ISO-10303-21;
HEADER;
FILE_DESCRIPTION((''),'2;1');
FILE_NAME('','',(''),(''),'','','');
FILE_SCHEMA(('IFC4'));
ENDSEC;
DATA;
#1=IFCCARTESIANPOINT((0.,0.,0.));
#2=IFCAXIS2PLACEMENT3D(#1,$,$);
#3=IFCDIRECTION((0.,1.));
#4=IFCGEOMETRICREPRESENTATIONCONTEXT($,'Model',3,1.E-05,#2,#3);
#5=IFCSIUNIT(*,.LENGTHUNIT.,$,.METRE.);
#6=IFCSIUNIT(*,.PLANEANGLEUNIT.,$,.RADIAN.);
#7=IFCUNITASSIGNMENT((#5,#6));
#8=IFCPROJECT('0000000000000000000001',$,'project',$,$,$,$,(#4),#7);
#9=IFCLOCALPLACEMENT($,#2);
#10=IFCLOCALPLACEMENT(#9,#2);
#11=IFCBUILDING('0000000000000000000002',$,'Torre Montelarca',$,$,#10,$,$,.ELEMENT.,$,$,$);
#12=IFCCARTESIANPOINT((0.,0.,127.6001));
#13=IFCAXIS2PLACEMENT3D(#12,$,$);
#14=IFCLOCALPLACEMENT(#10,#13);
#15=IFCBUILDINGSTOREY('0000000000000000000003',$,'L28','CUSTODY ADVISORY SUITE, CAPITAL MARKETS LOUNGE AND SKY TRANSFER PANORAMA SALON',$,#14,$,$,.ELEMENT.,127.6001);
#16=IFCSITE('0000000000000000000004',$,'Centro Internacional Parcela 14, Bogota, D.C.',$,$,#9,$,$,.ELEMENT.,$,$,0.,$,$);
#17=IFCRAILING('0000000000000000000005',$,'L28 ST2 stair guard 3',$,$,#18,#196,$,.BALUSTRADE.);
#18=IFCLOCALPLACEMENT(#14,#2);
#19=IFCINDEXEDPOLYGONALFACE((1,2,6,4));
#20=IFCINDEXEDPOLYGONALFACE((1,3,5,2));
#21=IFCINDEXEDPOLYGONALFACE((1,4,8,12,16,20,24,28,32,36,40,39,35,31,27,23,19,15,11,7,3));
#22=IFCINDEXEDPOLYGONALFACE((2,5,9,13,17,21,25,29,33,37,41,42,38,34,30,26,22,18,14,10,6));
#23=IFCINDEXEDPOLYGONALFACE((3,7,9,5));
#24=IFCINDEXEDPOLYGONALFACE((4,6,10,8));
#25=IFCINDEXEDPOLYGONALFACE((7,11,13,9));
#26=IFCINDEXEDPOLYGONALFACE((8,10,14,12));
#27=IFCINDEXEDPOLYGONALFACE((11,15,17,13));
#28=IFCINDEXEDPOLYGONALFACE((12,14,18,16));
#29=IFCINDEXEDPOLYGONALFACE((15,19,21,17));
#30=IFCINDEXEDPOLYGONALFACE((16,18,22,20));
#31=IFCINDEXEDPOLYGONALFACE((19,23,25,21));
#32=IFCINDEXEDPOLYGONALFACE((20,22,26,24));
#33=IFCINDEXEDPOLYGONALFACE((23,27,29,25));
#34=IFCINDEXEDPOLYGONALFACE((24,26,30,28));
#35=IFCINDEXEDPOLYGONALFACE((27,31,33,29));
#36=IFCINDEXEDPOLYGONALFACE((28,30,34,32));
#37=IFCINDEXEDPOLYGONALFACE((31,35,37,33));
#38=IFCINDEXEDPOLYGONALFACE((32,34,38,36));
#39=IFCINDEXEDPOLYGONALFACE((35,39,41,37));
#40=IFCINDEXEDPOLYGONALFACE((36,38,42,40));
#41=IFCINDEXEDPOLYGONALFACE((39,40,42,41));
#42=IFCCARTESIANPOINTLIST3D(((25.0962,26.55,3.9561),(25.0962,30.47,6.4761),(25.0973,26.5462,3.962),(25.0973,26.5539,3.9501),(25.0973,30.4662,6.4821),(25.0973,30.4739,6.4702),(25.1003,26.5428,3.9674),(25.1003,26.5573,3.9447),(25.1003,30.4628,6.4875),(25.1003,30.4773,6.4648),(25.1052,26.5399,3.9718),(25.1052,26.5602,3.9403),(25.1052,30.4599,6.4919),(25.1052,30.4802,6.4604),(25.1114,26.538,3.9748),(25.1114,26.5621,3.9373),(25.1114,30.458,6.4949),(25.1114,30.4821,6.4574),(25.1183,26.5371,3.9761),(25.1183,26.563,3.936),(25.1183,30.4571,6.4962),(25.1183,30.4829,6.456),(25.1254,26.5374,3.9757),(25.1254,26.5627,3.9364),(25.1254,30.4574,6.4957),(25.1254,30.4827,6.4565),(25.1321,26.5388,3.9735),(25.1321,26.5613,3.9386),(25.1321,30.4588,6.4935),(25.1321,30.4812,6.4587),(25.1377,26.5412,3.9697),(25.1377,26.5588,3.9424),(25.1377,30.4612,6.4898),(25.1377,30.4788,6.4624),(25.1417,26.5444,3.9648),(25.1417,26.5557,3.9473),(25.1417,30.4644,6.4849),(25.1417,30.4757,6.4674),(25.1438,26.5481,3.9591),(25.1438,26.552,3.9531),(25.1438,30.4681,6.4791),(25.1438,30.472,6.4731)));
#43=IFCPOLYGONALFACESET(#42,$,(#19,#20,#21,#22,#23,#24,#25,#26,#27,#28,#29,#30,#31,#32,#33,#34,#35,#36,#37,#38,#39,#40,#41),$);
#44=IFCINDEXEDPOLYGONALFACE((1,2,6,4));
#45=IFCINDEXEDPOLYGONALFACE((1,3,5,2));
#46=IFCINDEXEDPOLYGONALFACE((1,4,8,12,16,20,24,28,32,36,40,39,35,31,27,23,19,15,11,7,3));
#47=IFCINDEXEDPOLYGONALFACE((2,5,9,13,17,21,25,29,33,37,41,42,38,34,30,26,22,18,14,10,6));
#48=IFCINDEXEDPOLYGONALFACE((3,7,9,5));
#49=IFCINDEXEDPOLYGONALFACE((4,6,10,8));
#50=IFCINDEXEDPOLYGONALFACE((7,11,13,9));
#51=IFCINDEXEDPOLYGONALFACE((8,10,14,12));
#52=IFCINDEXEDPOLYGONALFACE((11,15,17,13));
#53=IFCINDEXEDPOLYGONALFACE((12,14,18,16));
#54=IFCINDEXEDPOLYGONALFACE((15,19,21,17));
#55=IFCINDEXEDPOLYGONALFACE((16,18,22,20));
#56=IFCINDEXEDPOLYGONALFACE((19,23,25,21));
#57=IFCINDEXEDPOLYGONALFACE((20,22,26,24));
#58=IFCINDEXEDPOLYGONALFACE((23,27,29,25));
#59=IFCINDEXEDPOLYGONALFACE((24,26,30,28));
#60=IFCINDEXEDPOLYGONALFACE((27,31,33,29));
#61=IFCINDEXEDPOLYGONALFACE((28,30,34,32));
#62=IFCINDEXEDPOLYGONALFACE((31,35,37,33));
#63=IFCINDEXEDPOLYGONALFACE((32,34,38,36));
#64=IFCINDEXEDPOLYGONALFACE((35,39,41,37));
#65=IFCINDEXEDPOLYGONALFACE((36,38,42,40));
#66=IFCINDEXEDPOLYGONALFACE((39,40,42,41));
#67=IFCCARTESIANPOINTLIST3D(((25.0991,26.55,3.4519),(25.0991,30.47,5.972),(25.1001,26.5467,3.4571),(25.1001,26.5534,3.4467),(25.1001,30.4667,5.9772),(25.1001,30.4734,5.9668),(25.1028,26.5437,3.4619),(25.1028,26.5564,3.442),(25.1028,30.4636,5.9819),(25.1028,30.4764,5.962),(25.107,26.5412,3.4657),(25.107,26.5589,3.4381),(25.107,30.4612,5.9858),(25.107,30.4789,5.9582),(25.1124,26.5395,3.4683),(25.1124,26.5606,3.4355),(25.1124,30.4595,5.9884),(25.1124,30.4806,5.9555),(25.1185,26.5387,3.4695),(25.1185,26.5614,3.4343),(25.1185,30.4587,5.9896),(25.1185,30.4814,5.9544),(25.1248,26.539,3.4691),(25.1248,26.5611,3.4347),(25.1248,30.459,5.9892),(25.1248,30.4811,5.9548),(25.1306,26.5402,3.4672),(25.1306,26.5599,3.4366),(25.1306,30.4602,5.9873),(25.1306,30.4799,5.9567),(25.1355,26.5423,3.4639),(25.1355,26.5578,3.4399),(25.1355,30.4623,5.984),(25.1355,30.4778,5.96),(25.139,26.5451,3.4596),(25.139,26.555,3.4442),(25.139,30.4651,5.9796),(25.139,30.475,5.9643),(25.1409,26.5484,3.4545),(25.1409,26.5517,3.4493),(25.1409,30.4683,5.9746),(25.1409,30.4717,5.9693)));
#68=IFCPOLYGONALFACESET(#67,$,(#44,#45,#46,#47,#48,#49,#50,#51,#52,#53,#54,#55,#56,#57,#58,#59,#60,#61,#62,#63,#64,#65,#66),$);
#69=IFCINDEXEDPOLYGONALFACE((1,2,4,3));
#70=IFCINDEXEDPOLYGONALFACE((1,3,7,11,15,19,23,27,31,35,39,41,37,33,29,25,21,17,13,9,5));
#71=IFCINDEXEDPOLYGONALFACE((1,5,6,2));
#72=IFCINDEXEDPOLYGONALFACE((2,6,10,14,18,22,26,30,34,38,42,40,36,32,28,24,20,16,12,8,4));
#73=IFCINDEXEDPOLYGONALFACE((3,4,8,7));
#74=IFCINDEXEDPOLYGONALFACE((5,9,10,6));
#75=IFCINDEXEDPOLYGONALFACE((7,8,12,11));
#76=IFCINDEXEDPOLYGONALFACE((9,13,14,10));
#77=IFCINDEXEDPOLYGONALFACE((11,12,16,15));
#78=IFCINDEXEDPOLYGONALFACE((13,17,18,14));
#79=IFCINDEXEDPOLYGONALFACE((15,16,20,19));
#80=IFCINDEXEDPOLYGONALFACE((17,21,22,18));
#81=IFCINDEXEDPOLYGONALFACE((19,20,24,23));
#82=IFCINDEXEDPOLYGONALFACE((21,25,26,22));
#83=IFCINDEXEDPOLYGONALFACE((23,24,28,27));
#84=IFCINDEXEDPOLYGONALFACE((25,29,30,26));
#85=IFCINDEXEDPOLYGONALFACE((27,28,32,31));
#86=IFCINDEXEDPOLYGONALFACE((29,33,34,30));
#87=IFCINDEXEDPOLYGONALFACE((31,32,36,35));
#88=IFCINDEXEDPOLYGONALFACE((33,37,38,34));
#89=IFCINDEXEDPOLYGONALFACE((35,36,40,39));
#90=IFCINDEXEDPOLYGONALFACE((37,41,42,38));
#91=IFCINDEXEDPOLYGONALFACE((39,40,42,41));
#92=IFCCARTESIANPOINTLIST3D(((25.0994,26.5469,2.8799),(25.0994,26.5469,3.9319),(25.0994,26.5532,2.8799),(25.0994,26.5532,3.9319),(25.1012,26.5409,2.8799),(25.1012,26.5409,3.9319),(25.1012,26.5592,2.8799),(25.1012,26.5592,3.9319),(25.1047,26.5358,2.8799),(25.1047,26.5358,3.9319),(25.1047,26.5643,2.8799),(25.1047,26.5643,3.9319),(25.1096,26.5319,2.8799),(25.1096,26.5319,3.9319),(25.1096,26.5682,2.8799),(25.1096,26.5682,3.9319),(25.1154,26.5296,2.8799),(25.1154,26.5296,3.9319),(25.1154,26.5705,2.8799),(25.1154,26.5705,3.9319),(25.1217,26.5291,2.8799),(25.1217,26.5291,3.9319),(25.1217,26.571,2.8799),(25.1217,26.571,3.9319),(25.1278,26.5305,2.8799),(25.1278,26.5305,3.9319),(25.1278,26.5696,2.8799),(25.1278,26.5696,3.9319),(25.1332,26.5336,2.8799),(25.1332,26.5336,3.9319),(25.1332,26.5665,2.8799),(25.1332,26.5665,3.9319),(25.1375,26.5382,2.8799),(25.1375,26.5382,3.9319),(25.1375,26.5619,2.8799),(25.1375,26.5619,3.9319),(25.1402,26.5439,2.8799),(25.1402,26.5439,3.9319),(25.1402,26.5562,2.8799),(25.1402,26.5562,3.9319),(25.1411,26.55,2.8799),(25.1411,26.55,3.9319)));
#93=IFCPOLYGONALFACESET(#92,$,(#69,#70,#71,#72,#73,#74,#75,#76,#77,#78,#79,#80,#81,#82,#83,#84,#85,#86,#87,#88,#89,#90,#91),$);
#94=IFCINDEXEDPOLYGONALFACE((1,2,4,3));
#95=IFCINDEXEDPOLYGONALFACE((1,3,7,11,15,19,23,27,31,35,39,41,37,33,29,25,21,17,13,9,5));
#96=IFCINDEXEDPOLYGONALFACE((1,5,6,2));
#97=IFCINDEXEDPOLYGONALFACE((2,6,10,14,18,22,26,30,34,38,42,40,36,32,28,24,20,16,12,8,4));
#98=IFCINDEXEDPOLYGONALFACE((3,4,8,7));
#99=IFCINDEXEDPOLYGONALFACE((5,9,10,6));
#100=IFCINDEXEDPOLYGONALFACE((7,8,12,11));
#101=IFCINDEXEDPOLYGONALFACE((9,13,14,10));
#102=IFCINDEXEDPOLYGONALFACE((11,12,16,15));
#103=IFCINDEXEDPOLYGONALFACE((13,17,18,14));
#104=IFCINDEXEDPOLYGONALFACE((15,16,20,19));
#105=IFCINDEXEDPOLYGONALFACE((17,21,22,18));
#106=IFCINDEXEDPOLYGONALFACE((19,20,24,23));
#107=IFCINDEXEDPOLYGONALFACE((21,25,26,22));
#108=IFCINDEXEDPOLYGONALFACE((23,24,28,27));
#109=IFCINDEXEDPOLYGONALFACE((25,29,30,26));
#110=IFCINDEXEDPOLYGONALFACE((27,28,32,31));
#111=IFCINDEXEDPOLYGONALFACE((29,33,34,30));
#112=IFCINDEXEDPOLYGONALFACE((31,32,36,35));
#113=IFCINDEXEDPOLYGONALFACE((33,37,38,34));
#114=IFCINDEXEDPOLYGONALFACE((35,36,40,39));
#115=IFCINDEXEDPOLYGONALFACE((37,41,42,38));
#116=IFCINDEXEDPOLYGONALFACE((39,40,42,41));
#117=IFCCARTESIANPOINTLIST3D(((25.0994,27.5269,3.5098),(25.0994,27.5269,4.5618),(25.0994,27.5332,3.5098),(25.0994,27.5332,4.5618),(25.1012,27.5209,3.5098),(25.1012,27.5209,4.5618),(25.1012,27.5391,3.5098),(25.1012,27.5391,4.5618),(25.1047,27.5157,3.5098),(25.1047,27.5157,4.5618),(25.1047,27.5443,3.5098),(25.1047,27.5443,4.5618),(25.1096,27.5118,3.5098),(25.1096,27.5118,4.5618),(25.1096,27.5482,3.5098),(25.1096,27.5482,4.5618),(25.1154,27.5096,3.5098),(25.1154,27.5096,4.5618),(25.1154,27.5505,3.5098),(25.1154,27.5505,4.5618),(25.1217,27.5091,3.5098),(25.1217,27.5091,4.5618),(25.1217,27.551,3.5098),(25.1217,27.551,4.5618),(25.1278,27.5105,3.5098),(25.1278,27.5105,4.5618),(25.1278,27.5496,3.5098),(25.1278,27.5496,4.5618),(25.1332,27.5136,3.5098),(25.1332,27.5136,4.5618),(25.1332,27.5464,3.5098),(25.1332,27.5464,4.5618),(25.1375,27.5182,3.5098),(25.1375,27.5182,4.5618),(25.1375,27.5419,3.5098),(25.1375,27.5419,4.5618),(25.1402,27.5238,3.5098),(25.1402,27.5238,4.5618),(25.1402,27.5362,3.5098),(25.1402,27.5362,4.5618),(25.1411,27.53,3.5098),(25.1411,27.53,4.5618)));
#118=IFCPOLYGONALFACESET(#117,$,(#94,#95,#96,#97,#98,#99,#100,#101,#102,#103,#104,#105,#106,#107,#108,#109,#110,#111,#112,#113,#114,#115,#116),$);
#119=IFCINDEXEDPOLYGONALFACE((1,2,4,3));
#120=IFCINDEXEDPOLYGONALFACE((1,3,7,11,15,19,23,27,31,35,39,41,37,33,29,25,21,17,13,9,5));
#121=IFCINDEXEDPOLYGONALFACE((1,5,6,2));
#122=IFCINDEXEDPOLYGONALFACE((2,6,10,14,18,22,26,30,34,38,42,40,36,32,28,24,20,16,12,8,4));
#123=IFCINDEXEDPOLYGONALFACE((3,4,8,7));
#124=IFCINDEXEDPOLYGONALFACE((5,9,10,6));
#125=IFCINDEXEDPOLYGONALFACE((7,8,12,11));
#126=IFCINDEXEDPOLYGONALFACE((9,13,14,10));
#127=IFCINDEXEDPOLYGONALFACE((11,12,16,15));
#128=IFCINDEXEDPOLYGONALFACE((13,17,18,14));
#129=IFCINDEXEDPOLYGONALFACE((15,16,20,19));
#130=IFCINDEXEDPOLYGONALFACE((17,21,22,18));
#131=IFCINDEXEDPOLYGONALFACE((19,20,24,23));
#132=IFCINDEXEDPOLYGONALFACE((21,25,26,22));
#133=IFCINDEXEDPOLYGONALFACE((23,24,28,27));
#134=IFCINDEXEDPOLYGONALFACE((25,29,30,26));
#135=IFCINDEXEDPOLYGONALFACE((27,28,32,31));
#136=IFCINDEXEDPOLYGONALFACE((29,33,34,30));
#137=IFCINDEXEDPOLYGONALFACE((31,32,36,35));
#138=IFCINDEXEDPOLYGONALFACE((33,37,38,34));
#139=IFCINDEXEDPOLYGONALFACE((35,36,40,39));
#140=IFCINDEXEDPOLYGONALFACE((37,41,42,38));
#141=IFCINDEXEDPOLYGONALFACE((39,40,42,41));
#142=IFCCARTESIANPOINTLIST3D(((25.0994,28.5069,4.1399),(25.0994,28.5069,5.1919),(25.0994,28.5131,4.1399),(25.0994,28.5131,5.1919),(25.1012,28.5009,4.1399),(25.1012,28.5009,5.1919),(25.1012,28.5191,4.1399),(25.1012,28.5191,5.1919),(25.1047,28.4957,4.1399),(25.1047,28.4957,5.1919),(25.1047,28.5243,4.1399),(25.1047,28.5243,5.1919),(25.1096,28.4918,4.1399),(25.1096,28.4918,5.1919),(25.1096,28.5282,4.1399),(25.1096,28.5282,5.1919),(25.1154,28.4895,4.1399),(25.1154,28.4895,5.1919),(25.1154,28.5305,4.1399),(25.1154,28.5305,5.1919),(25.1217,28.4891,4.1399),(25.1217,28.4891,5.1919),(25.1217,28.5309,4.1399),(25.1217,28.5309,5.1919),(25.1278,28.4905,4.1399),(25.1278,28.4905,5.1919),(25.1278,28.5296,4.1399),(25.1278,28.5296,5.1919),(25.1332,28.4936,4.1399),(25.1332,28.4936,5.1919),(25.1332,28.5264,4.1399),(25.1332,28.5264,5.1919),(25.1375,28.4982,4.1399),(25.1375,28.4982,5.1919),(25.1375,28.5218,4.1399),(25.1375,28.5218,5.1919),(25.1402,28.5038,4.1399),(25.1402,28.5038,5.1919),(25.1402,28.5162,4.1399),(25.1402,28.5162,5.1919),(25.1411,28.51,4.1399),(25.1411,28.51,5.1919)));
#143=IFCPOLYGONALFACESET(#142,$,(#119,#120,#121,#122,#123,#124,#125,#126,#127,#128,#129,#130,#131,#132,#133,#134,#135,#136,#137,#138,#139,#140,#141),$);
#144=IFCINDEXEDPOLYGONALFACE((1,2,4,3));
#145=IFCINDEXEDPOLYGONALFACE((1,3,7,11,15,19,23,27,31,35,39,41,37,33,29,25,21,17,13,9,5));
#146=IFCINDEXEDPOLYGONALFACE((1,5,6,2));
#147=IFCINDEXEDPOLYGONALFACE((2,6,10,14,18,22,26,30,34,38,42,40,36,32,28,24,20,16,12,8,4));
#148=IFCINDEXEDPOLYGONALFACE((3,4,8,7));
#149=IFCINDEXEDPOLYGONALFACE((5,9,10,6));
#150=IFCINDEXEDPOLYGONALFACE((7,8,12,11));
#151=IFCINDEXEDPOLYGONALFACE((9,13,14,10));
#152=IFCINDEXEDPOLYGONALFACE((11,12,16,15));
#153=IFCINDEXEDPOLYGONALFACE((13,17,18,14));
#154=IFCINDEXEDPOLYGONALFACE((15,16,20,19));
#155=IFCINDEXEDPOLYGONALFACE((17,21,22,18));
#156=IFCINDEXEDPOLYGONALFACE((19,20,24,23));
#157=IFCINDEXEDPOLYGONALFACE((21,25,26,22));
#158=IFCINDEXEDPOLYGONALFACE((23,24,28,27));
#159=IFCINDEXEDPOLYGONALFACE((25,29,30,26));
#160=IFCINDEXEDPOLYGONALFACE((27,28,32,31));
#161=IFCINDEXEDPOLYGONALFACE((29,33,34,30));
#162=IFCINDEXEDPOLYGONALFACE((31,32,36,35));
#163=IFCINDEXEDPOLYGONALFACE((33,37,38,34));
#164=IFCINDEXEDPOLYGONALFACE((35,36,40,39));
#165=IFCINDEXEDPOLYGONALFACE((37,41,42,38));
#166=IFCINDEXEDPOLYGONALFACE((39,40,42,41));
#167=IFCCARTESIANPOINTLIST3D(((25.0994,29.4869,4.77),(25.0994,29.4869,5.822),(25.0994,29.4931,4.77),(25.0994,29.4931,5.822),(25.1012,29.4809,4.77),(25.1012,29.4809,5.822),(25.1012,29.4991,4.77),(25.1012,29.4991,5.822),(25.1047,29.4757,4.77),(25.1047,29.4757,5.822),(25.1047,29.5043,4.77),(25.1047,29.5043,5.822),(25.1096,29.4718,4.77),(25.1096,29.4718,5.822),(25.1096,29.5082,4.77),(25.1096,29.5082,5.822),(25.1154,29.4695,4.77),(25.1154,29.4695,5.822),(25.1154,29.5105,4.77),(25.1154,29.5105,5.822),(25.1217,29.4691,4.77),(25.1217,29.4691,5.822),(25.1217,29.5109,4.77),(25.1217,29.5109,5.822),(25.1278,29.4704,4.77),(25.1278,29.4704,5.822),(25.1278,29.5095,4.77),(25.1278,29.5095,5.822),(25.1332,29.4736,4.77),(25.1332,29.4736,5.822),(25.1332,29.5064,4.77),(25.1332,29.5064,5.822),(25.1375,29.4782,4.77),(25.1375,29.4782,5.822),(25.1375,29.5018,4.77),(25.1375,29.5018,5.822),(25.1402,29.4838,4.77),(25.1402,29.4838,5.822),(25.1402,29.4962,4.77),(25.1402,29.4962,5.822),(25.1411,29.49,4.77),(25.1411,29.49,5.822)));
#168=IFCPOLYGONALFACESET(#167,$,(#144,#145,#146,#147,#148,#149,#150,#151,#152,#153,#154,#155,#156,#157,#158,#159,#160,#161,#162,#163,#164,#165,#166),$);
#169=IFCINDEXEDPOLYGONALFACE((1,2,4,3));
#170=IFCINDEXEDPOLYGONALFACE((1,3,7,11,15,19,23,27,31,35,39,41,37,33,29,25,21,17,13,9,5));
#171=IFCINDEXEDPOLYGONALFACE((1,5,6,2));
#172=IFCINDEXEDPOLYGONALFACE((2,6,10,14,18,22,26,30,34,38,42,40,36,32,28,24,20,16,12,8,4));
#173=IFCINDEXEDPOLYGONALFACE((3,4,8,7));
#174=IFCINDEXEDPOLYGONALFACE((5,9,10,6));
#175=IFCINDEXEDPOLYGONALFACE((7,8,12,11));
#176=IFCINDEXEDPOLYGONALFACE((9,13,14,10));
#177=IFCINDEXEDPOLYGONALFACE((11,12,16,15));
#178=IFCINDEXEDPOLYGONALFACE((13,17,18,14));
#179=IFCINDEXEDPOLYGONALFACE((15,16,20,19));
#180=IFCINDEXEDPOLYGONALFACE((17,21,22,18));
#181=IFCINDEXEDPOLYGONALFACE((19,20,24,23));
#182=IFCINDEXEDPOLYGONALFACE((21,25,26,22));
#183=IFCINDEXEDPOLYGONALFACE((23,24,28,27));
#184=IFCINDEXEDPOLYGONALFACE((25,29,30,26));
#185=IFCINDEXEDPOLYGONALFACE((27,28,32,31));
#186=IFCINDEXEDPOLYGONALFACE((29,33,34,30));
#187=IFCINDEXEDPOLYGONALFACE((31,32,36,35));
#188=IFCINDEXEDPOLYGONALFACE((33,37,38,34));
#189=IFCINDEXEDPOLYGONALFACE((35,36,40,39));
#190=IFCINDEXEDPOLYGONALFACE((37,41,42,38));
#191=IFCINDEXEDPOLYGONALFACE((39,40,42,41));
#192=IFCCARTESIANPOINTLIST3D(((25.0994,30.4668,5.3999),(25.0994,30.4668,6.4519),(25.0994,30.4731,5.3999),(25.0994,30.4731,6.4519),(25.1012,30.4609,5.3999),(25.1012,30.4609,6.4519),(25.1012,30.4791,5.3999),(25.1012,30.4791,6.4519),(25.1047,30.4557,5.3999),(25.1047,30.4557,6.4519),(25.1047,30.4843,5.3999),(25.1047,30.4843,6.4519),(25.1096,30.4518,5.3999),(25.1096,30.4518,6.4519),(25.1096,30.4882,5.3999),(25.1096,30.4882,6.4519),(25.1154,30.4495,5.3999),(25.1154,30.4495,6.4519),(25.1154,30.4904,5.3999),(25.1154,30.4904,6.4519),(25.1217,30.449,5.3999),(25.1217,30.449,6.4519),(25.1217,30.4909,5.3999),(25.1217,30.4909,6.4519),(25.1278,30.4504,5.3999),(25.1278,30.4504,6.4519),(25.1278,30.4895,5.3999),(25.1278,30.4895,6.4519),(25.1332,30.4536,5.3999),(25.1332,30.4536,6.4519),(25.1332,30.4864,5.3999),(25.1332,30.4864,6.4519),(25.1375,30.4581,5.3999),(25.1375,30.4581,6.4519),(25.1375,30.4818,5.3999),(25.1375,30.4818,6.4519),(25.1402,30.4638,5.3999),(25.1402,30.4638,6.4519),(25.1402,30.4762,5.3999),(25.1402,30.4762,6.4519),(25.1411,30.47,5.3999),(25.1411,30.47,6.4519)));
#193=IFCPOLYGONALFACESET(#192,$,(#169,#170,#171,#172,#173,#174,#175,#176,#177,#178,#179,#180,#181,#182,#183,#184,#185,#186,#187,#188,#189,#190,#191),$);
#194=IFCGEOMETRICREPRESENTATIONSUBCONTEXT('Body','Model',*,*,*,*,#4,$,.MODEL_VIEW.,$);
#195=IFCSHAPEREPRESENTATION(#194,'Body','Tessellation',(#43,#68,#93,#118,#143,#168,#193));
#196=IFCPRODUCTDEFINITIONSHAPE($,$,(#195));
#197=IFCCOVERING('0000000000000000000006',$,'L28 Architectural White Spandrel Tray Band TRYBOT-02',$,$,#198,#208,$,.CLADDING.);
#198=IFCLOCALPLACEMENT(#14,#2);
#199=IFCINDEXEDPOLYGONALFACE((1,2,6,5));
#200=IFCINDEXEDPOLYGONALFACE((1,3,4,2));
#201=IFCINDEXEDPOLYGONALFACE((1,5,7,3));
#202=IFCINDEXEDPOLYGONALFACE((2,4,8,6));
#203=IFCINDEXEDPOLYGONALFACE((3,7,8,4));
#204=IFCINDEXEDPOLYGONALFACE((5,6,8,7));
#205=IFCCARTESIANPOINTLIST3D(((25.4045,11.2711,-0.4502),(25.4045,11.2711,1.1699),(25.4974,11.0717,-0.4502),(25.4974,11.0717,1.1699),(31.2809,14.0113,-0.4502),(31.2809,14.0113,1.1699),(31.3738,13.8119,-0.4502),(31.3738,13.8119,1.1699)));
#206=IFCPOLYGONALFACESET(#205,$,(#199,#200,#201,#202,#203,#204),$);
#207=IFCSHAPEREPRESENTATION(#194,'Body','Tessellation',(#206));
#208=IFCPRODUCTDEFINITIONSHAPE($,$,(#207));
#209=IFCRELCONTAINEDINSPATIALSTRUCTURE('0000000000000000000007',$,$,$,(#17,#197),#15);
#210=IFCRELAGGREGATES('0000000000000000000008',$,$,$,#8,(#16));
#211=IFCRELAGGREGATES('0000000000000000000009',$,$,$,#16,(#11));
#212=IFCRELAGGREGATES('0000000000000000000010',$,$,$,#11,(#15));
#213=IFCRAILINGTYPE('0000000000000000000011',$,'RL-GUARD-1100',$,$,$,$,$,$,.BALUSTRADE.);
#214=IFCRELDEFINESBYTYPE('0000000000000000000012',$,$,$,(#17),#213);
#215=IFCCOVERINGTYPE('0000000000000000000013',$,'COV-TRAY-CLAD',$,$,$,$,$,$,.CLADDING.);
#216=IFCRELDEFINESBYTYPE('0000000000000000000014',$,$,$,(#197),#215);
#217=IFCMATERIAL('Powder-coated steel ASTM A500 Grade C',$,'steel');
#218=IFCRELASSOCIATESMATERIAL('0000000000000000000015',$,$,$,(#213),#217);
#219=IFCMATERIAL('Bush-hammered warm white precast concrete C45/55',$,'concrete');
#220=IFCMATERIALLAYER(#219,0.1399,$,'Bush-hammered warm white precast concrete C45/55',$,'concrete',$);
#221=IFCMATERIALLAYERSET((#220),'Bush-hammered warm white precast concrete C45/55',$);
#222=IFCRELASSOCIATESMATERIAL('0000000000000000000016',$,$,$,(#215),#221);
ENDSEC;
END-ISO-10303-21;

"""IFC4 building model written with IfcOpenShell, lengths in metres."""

from ifc_helpers import new_model, si_unit, direction, frame, origin, origin_2d, place, context, subcontext, project, spatial, rectangle, circle, extrude, source, transform, mapped, material, layer, layer_set, type_object, element, save


model = new_model("IFC4")

# Units and contexts
model_context = context("Model", 3, precision=1e-05, world=origin(), true_north=direction((0.0, 1.0)))
body_context = subcontext(model_context, "Body", "Model", "MODEL_VIEW")
ifc_project = project(units=[si_unit("LENGTHUNIT", "METRE"), si_unit("PLANEANGLEUNIT", "RADIAN")], contexts=[model_context])

# Site, building, storey
site_placement = place(None, origin())
site = spatial("IfcSite", under=ifc_project, at=site_placement, Name="Centro Internacional Parcela 14, Bogota, D.C.", CompositionType="ELEMENT", RefElevation=0.0)
building_placement = place(site_placement, origin())
building = spatial("IfcBuilding", under=site, at=building_placement, Name="Torre Montelarca", CompositionType="ELEMENT")
storey_placement = place(building_placement, frame((0.0, 0.0, 127.6001)))
storey = spatial("IfcBuildingStorey", under=building, at=storey_placement, Name="L28", Description="CUSTODY ADVISORY SUITE, CAPITAL MARKETS LOUNGE AND SKY TRANSFER PANORAMA SALON", CompositionType="ELEMENT", Elevation=127.6001)

# Railing
ifc_material_1 = material(Name="Powder-coated steel ASTM A500 Grade C", Category="steel")
railing_type = type_object("IfcRailingType", Name="RL-GUARD-1100", PredefinedType="BALUSTRADE", material=ifc_material_1)
railing_1_placement = place(storey_placement, frame((25.1201, 26.55, 2.8799)))
element("IfcRailing", 1, at=railing_1_placement, inside=storey, type_object=railing_type, Name="L28 ST2 stair guard 3", PredefinedType="BALUSTRADE", context=body_context, shape_type="SweptSolid", body=[
    extrude(circle(Radius=0.0239, at=origin_2d()), frame((0.0, 0.0, 1.0762), z_axis=(0.0, 0.841172, 0.540768), x_axis=(-1.0, 0.0, 0.0)), (0.0, 0.0, 1.0), 4.6602),
    extrude(circle(Radius=0.021, at=origin_2d()), frame((0.0, 0.0, 0.572), z_axis=(0.0, 0.841172, 0.540768), x_axis=(-1.0, 0.0, 0.0)), (0.0, 0.0, 1.0), 4.6602),
    extrude(circle(Radius=0.021, at=origin_2d()), origin(), (0.0, 0.0, 1.0), 1.052),
    extrude(circle(Radius=0.021, at=origin_2d()), frame((0.0, 0.98, 0.6299)), (0.0, 0.0, 1.0), 1.052),
    extrude(circle(Radius=0.021, at=origin_2d()), frame((0.0, 1.96, 1.26)), (0.0, 0.0, 1.0), 1.052),
    extrude(circle(Radius=0.021, at=origin_2d()), frame((0.0, 2.9399, 1.8901)), (0.0, 0.0, 1.0), 1.052),
    extrude(circle(Radius=0.021, at=origin_2d()), frame((0.0, 3.9199, 2.52)), (0.0, 0.0, 1.0), 1.052),
])

# Covering
ifc_material_2 = material(Name="Bush-hammered warm white precast concrete C45/55", Category="concrete")
ifc_layer_1 = layer(ifc_material_2, 0.1399, Name="Bush-hammered warm white precast concrete C45/55", Category="concrete")
ifc_layer_set_1 = layer_set([ifc_layer_1], Name="Bush-hammered warm white precast concrete C45/55")
covering_type = type_object("IfcCoveringType", Name="COV-TRAY-CLAD", PredefinedType="CLADDING", material=ifc_layer_set_1)
shared_shape_1 = source(origin(), body_context, "Body", "SweptSolid", [
    extrude(rectangle(XDim=6.4839, YDim=0.22, at=origin_2d()), origin(), (0.0, 0.0, 1.0), 1.6201),
])
covering_1_placement = place(storey_placement, frame((28.3892, 12.5415, -0.4502), z_axis=(0.0, 0.0, 1.0), x_axis=(0.906309, 0.422615, 0.0)))
element("IfcCovering", 2, at=covering_1_placement, inside=storey, type_object=covering_type, Name="L28 Architectural White Spandrel Tray Band TRYBOT-02", PredefinedType="CLADDING", context=body_context, shape_type="MappedRepresentation", body=[
    mapped(shared_shape_1, transform((0.0, 0.0, 0.0), scale=1.0)),
])

save(model, "model.ifc")
